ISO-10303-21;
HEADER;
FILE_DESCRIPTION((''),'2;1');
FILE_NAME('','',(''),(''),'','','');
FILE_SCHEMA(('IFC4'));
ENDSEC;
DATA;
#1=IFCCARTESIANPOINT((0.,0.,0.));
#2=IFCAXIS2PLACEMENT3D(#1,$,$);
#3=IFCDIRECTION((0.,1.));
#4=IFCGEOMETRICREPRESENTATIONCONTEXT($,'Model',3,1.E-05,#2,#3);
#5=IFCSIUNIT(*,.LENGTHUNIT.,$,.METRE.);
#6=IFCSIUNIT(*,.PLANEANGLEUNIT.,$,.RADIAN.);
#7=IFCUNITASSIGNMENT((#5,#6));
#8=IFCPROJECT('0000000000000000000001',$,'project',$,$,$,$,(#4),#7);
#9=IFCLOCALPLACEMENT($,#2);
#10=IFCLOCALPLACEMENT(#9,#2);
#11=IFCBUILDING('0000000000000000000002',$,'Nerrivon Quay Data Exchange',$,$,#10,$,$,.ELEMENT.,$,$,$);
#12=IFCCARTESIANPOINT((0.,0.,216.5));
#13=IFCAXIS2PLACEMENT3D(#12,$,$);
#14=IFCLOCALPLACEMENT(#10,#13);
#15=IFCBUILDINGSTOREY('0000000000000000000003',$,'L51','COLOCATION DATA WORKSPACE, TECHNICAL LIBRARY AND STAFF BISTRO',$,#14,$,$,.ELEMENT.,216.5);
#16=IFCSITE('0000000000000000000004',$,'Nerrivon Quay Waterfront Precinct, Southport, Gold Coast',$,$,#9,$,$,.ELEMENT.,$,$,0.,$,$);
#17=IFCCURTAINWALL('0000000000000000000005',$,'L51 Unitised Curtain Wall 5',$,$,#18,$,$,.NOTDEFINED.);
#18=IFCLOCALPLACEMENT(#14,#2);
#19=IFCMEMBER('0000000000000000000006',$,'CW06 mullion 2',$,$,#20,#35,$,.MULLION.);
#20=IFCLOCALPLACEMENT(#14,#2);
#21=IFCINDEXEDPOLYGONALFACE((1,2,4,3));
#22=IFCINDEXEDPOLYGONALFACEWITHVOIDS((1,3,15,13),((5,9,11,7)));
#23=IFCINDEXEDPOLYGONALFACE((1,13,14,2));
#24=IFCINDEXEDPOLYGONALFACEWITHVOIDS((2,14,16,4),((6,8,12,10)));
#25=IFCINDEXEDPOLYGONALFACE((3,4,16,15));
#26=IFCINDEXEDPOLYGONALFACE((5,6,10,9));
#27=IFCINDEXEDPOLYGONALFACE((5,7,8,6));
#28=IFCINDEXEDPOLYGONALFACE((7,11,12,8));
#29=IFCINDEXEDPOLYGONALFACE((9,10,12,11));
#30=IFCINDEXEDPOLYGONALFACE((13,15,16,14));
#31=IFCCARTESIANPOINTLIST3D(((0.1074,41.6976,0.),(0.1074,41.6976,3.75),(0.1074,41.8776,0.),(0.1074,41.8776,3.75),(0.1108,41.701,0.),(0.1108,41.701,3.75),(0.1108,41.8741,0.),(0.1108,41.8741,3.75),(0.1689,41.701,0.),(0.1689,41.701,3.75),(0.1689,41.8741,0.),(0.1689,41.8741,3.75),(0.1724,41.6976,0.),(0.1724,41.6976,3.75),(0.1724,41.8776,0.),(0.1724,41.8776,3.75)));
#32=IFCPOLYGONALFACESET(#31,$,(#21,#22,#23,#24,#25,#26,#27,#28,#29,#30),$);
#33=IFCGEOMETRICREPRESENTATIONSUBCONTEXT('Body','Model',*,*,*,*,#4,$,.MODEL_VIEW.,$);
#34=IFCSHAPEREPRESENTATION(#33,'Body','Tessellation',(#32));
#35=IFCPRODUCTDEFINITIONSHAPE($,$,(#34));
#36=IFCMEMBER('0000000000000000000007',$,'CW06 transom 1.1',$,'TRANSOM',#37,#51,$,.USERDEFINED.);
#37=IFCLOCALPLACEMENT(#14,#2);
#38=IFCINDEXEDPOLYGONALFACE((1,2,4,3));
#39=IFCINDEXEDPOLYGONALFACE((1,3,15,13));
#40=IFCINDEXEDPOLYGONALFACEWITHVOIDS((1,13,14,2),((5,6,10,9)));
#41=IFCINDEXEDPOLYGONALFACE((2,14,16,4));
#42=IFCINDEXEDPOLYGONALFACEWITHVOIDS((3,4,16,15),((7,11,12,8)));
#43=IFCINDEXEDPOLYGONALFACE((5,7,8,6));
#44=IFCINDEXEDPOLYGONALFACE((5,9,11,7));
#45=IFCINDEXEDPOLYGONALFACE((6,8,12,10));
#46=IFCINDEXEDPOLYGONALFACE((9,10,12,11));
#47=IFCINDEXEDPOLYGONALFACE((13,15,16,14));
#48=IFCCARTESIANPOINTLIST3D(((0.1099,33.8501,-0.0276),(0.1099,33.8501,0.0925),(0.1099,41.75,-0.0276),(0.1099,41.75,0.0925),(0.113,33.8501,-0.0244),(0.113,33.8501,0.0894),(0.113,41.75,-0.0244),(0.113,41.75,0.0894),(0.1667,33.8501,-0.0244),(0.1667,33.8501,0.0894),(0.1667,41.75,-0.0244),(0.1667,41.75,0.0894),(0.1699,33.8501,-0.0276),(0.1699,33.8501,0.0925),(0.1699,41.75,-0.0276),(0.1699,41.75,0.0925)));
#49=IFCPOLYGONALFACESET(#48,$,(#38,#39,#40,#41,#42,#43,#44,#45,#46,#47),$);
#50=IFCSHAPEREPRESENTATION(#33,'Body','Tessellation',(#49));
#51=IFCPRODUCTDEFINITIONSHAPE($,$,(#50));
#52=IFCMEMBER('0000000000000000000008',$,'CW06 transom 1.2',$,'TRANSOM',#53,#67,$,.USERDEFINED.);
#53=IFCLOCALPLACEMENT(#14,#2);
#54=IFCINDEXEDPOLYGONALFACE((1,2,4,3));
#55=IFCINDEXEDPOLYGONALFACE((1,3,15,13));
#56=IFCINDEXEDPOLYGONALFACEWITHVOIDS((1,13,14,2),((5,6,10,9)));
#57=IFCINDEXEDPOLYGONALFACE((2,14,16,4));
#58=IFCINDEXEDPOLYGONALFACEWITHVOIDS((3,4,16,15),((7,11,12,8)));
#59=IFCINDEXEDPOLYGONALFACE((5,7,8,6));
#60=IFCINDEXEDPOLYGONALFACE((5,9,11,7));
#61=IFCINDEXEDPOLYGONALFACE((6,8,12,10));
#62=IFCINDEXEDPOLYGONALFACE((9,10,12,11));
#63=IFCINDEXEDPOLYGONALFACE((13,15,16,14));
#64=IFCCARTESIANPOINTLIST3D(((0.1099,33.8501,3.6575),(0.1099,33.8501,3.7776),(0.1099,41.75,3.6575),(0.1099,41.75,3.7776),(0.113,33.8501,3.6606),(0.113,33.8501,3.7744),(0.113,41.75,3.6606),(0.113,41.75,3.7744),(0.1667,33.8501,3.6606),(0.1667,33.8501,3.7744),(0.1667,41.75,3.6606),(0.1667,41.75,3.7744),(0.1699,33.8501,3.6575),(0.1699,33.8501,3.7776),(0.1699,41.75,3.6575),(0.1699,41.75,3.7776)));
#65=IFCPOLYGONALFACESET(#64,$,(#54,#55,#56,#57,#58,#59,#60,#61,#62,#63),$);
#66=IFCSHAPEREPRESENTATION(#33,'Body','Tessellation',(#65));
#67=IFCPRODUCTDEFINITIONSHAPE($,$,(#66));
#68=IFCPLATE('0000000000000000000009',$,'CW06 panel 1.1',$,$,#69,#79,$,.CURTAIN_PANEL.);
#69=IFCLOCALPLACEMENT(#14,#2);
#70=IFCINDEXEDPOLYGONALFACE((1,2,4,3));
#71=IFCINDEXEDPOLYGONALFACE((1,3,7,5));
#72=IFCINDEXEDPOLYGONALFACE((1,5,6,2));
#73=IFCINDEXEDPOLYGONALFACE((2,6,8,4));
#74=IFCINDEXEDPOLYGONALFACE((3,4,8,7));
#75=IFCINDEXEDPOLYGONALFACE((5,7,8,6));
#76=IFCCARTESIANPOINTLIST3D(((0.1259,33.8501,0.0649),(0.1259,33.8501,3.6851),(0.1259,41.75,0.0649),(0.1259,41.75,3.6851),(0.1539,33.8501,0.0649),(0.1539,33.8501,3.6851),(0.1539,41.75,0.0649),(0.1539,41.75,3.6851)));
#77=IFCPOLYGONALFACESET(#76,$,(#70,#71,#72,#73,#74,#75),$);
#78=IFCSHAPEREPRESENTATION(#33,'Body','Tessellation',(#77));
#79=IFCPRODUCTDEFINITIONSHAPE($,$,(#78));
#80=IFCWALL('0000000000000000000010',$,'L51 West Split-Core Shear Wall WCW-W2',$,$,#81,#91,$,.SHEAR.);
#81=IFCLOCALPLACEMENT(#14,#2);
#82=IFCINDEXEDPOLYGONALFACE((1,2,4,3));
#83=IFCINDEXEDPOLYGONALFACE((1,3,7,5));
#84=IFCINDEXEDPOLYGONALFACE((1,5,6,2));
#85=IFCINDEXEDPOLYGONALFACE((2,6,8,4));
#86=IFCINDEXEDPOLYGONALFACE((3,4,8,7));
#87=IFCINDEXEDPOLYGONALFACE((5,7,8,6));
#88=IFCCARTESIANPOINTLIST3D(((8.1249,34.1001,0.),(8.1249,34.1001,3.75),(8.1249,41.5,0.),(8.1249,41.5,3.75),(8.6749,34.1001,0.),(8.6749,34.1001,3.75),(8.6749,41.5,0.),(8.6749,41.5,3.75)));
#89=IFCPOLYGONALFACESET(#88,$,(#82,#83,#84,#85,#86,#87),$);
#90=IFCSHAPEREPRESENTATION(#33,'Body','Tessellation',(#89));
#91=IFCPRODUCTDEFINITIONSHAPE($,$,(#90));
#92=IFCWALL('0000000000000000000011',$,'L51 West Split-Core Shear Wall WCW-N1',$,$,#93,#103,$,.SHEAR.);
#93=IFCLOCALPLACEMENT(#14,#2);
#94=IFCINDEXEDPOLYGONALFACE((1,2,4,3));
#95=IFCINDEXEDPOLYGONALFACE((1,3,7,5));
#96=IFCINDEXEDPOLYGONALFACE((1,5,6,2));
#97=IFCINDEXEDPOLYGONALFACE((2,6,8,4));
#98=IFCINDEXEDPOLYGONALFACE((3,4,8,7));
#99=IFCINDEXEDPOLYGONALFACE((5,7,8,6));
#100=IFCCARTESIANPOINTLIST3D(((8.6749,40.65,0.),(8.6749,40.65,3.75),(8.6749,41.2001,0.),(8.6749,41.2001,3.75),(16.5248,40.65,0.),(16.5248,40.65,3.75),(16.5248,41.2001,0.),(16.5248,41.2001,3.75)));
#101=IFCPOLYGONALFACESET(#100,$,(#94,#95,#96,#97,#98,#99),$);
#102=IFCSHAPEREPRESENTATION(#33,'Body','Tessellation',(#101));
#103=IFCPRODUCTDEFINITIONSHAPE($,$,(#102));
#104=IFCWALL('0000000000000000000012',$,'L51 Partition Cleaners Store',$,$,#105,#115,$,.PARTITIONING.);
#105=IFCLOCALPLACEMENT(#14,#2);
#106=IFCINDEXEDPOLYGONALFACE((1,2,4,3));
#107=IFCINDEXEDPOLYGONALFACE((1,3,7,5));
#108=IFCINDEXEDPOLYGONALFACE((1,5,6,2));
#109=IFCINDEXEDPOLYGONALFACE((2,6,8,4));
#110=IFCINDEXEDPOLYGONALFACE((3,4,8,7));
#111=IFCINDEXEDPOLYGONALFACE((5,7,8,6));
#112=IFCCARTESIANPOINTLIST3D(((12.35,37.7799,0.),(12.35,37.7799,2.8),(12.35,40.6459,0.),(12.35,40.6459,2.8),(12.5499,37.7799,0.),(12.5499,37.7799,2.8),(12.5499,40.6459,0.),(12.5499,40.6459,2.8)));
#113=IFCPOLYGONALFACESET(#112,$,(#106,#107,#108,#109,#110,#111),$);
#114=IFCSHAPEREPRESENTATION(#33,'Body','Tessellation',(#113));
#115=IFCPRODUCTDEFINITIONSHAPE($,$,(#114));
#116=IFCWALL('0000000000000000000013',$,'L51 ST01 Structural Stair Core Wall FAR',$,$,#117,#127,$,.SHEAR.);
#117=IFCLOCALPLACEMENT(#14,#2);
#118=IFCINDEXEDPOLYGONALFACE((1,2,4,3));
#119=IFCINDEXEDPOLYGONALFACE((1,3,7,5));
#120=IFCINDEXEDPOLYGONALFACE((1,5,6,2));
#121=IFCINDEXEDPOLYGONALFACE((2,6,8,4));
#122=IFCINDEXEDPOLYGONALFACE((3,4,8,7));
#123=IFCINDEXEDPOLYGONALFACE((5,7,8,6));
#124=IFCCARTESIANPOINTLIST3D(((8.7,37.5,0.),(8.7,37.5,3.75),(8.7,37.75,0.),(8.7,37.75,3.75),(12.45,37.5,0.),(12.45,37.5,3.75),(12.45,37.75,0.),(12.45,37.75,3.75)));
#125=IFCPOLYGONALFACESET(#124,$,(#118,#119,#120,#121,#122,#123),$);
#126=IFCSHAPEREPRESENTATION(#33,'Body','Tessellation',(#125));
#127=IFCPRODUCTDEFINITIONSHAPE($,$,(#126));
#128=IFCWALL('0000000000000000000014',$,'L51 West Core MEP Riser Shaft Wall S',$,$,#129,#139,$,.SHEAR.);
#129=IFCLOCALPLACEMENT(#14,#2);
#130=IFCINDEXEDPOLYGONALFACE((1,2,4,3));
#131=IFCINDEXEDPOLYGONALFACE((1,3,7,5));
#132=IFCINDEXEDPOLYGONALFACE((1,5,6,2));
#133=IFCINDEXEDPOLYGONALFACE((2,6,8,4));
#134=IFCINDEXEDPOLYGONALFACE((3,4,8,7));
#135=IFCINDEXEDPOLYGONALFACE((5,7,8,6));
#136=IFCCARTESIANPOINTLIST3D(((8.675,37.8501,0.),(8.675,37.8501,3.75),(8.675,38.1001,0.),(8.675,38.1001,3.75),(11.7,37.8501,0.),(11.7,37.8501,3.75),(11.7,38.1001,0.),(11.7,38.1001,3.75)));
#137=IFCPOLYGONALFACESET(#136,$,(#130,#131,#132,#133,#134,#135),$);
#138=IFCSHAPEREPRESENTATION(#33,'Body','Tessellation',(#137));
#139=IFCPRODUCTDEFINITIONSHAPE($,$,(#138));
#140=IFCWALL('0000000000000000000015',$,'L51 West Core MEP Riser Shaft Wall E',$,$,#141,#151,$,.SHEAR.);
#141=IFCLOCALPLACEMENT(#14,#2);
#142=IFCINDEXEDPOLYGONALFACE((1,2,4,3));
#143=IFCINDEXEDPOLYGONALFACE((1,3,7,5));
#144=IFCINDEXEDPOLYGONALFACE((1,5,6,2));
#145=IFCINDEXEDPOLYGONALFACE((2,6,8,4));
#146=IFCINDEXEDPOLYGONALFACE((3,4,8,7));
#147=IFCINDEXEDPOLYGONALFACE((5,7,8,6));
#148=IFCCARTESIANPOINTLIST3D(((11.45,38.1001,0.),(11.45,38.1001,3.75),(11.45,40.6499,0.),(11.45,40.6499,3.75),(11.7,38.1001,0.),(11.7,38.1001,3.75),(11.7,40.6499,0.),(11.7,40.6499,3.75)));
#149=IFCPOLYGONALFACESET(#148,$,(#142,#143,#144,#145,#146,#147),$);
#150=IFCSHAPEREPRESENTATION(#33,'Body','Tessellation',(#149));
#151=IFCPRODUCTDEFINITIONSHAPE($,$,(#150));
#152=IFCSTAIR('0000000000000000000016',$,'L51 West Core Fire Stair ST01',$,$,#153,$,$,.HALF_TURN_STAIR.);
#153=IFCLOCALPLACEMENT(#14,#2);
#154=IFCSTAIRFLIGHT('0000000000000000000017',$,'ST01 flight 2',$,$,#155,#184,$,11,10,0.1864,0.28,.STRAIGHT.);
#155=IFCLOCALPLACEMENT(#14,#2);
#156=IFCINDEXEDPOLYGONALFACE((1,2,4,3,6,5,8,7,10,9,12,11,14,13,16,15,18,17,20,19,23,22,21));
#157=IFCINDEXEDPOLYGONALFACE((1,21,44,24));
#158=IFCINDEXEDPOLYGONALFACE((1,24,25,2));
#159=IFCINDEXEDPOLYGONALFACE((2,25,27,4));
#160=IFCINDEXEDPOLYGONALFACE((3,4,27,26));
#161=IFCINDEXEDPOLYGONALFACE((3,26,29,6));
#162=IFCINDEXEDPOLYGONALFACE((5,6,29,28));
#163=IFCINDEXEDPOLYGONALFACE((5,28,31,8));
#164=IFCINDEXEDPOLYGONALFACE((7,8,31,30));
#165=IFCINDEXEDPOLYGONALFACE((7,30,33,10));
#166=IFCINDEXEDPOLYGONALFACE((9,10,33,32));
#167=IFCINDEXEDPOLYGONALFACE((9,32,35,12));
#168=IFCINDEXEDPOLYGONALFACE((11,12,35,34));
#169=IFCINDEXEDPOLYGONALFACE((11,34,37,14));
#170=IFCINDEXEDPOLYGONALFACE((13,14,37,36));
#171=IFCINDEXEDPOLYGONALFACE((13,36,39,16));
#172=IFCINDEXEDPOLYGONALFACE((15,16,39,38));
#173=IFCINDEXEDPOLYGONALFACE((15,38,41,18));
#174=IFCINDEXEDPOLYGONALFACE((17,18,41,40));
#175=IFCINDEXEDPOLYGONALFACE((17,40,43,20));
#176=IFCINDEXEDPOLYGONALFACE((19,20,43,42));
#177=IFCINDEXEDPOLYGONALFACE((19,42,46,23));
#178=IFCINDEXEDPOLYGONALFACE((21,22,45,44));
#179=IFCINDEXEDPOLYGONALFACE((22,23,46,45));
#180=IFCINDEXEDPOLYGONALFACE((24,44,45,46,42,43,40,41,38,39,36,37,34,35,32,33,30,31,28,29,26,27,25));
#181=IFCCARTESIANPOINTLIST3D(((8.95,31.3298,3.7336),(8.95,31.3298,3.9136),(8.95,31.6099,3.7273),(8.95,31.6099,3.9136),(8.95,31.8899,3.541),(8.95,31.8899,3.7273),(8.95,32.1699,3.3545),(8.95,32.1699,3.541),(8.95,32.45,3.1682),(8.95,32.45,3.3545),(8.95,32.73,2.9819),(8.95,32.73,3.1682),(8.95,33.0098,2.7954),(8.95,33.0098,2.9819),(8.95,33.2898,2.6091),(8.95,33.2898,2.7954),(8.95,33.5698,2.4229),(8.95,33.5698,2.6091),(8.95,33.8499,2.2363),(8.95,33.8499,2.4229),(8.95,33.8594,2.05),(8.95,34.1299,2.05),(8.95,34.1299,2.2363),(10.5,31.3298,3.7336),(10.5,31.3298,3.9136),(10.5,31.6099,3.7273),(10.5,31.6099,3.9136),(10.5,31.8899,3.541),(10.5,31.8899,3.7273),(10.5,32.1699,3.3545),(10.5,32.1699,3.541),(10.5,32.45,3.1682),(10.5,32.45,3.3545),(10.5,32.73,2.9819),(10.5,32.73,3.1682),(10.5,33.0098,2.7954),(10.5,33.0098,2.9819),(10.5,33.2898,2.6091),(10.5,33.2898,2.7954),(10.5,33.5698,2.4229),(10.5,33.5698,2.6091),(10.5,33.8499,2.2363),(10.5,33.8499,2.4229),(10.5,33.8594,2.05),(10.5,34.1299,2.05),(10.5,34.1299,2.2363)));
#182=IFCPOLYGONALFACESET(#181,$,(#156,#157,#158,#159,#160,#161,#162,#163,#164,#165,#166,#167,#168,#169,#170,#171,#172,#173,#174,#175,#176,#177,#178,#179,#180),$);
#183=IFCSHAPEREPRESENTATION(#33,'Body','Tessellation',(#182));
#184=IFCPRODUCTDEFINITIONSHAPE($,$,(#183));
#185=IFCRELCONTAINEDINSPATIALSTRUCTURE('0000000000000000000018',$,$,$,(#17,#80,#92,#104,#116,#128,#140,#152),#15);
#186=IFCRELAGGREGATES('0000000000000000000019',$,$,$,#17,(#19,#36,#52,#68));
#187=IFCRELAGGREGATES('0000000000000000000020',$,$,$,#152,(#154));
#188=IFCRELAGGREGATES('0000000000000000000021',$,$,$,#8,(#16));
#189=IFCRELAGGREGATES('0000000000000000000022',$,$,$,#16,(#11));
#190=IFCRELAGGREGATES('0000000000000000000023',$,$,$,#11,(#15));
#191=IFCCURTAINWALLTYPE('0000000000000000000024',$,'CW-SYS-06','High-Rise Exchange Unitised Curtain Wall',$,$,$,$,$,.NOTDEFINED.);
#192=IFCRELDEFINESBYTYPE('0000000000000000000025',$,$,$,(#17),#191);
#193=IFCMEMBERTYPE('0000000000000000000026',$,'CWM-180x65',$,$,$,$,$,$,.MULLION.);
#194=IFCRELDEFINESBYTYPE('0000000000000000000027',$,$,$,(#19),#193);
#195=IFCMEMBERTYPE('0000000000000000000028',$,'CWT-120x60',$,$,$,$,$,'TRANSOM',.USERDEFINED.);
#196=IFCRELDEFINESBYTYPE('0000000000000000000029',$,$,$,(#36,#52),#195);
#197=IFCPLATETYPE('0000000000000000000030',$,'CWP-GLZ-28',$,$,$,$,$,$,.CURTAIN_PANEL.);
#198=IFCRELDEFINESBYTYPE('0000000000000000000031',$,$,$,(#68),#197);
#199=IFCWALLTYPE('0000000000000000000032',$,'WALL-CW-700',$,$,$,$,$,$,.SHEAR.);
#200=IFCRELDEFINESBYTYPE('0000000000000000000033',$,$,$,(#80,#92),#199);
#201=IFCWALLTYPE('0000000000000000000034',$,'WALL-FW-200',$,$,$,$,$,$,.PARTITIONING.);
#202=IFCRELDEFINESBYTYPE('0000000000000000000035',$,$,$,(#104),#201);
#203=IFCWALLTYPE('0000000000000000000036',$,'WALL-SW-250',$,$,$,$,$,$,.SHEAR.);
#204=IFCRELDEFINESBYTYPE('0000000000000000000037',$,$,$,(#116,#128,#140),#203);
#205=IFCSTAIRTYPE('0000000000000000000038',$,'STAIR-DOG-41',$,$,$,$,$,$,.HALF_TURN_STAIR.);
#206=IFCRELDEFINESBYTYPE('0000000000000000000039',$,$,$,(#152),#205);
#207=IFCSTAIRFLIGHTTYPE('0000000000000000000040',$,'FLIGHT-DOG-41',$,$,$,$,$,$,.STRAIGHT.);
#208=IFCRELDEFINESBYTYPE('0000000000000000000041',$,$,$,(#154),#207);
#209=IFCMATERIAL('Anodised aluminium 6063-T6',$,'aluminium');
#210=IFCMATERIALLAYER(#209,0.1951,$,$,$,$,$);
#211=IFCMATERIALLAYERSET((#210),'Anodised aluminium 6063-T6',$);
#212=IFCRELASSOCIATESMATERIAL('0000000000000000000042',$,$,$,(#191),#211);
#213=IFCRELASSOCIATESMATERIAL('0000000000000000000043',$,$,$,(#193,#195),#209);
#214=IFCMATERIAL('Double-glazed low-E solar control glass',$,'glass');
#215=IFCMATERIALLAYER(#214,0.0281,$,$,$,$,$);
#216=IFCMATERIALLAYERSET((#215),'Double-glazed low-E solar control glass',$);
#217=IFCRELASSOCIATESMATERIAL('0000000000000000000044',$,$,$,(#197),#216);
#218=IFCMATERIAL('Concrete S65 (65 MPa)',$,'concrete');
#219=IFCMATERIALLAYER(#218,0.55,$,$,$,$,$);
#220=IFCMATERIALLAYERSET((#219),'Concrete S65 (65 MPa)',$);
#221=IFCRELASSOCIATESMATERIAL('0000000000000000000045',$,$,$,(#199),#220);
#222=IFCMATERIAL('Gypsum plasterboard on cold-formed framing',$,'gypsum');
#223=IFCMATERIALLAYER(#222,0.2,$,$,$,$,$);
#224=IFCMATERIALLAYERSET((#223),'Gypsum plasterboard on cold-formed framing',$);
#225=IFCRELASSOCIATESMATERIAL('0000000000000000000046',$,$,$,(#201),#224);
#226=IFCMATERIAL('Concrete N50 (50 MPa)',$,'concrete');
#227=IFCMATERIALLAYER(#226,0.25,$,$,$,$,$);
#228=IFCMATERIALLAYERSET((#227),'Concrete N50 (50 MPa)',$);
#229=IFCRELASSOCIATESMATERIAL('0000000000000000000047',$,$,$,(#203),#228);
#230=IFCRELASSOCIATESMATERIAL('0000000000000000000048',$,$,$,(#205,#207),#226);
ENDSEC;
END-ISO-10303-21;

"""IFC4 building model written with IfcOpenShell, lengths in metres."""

from ifc_helpers import new_model, si_unit, direction, frame, frame_2d, origin, origin_2d, place, context, subcontext, project, spatial, polyline, rectangle, hollow_rectangle, outline, extrude, material, layer, layer_set, material_profile, profile_set, type_object, element, aggregate, save


model = new_model("IFC4")

# Units and contexts
model_context = context("Model", 3, precision=1e-05, world=origin(), true_north=direction((0.0, 1.0)))
body_context = subcontext(model_context, "Body", "Model", "MODEL_VIEW")
ifc_project = project(units=[si_unit("LENGTHUNIT", "METRE"), si_unit("PLANEANGLEUNIT", "RADIAN")], contexts=[model_context])

# Site, building, storey
site_placement = place(None, origin())
site = spatial("IfcSite", under=ifc_project, at=site_placement, Name="Nerrivon Quay Waterfront Precinct, Southport, Gold Coast", CompositionType="ELEMENT", RefElevation=0.0)
building_placement = place(site_placement, origin())
building = spatial("IfcBuilding", under=site, at=building_placement, Name="Nerrivon Quay Data Exchange", CompositionType="ELEMENT")
storey_placement = place(building_placement, frame((0.0, 0.0, 216.5)))
storey = spatial("IfcBuildingStorey", under=building, at=storey_placement, Name="L51", Description="COLOCATION DATA WORKSPACE, TECHNICAL LIBRARY AND STAFF BISTRO", CompositionType="ELEMENT", Elevation=216.5)

# Shared definitions
ifc_material_1 = material(Name="Concrete S65 (65 MPa)", Category="concrete")

# Shared definitions
ifc_material_2 = material(Name="Concrete N50 (50 MPa)", Category="concrete")

# Curtain wall, members, plate
ifc_material_3 = material(Name="Anodised aluminium 6063-T6", Category="aluminium")
ifc_layer_1 = layer(ifc_material_3, 0.1951)
ifc_layer_set_1 = layer_set([ifc_layer_1], Name="Anodised aluminium 6063-T6")
curtain_wall_type = type_object("IfcCurtainWallType", Name="CW-SYS-06", Description="High-Rise Exchange Unitised Curtain Wall", PredefinedType="NOTDEFINED", material=ifc_layer_set_1)
curtain_wall_placement = place(storey_placement, origin())
curtain_wall = element("IfcCurtainWall", 1, at=curtain_wall_placement, inside=storey, type_object=curtain_wall_type, Name="L51 Unitised Curtain Wall 5", PredefinedType="NOTDEFINED")
ifc_material_profile_1 = material_profile(ifc_material_3, hollow_rectangle(XDim=0.0649, YDim=0.1799, WallThickness=0.0034, at=origin_2d()), Name="ALU-MULL-180x65")
ifc_profile_set_1 = profile_set([ifc_material_profile_1], Name="Anodised aluminium 6063-T6")
member_type_1 = type_object("IfcMemberType", Name="CWM-180x65", PredefinedType="MULLION", material=ifc_profile_set_1)
member_1_placement = place(storey_placement, frame((0.1399, 41.7876, 0.0), z_axis=(0.0, 0.0, 1.0), x_axis=(-1.0, 0.0, 0.0)))
member_1 = element("IfcMember", 2, at=member_1_placement, type_object=member_type_1, Name="CW06 mullion 2", PredefinedType="MULLION", context=body_context, shape_type="SweptSolid", body=[
    extrude(hollow_rectangle(XDim=0.0649, YDim=0.1799, WallThickness=0.0034, at=origin_2d()), origin(), (0.0, 0.0, 1.0), 3.75),
])
ifc_material_profile_2 = material_profile(ifc_material_3, hollow_rectangle(XDim=0.0601, YDim=0.1201, WallThickness=0.0032, at=origin_2d()), Name="ALU-TRAN-120x60")
ifc_profile_set_2 = profile_set([ifc_material_profile_2], Name="Anodised aluminium 6063-T6")
member_type_2 = type_object("IfcMemberType", Name="CWT-120x60", ElementType="TRANSOM", PredefinedType="USERDEFINED", material=ifc_profile_set_2)
member_2_placement = place(storey_placement, frame((0.1399, 33.8501, 0.0325), z_axis=(0.0, 1.0, 0.0), x_axis=(-1.0, 0.0, 0.0)))
member_2 = element("IfcMember", 3, at=member_2_placement, type_object=member_type_2, Name="CW06 transom 1.1", ObjectType="TRANSOM", PredefinedType="USERDEFINED", context=body_context, shape_type="SweptSolid", body=[
    extrude(hollow_rectangle(XDim=0.0601, YDim=0.1201, WallThickness=0.0032, at=origin_2d()), origin(), (0.0, 0.0, 1.0), 7.8999),
])
member_3_placement = place(storey_placement, frame((0.1399, 33.8501, 3.7175), z_axis=(0.0, 1.0, 0.0), x_axis=(-1.0, 0.0, 0.0)))
member_3 = element("IfcMember", 4, at=member_3_placement, type_object=member_type_2, Name="CW06 transom 1.2", ObjectType="TRANSOM", PredefinedType="USERDEFINED", context=body_context, shape_type="SweptSolid", body=[
    extrude(hollow_rectangle(XDim=0.0601, YDim=0.1201, WallThickness=0.0032, at=origin_2d()), origin(), (0.0, 0.0, 1.0), 7.8999),
])
ifc_material_4 = material(Name="Double-glazed low-E solar control glass", Category="glass")
ifc_layer_2 = layer(ifc_material_4, 0.0281)
ifc_layer_set_2 = layer_set([ifc_layer_2], Name="Double-glazed low-E solar control glass")
plate_type = type_object("IfcPlateType", Name="CWP-GLZ-28", PredefinedType="CURTAIN_PANEL", material=ifc_layer_set_2)
plate_placement = place(storey_placement, frame((0.1399, 37.8, 0.0649), z_axis=(0.0, 0.0, 1.0), x_axis=(0.0, 1.0, 0.0)))
plate = element("IfcPlate", 5, at=plate_placement, type_object=plate_type, Name="CW06 panel 1.1", PredefinedType="CURTAIN_PANEL", context=body_context, shape_type="SweptSolid", body=[
    extrude(rectangle(XDim=7.8999, YDim=0.0281, at=origin_2d()), origin(), (0.0, 0.0, 1.0), 3.6201),
])
aggregate(curtain_wall, [member_1, member_2, member_3, plate])

# Walls
ifc_layer_3 = layer(ifc_material_1, 0.55)
ifc_layer_set_3 = layer_set([ifc_layer_3], Name="Concrete S65 (65 MPa)")
wall_type_1 = type_object("IfcWallType", Name="WALL-CW-700", PredefinedType="SHEAR", material=ifc_layer_set_3)
wall_1_placement = place(storey_placement, frame((8.3999, 34.1001, 0.0), z_axis=(0.0, 0.0, 1.0), x_axis=(0.0, 1.0, 0.0)))
element("IfcWall", 6, at=wall_1_placement, inside=storey, type_object=wall_type_1, Name="L51 West Split-Core Shear Wall WCW-W2", PredefinedType="SHEAR", context=body_context, shape_type="SweptSolid", body=[
    extrude(rectangle(XDim=7.3999, YDim=0.55, at=frame_2d((3.7, 0.0))), origin(), (0.0, 0.0, 1.0), 3.75),
])
wall_2_placement = place(storey_placement, frame((8.675, 40.925, 0.0), z_axis=(0.0, 0.0, 1.0), x_axis=(1.0, 0.0, 0.0)))
element("IfcWall", 7, at=wall_2_placement, inside=storey, type_object=wall_type_1, Name="L51 West Split-Core Shear Wall WCW-N1", PredefinedType="SHEAR", context=body_context, shape_type="SweptSolid", body=[
    extrude(rectangle(XDim=7.8499, YDim=0.55, at=frame_2d((3.9248, 0.0))), origin(), (0.0, 0.0, 1.0), 3.75),
])
ifc_material_5 = material(Name="Gypsum plasterboard on cold-formed framing", Category="gypsum")
ifc_layer_4 = layer(ifc_material_5, 0.2)
ifc_layer_set_4 = layer_set([ifc_layer_4], Name="Gypsum plasterboard on cold-formed framing")
wall_type_2 = type_object("IfcWallType", Name="WALL-FW-200", PredefinedType="PARTITIONING", material=ifc_layer_set_4)
wall_3_placement = place(storey_placement, frame((12.45, 40.646, 0.0), z_axis=(0.0, 0.0, 1.0), x_axis=(0.0, -1.0, 0.0)))
element("IfcWall", 8, at=wall_3_placement, inside=storey, type_object=wall_type_2, Name="L51 Partition Cleaners Store", PredefinedType="PARTITIONING", context=body_context, shape_type="SweptSolid", body=[
    extrude(rectangle(XDim=2.866, YDim=0.2, at=frame_2d((1.4331, 0.0))), origin(), (0.0, 0.0, 1.0), 2.8),
])
ifc_layer_5 = layer(ifc_material_2, 0.25)
ifc_layer_set_5 = layer_set([ifc_layer_5], Name="Concrete N50 (50 MPa)")
wall_type_3 = type_object("IfcWallType", Name="WALL-SW-250", PredefinedType="SHEAR", material=ifc_layer_set_5)
wall_4_placement = place(storey_placement, frame((12.45, 37.625, 0.0), z_axis=(0.0, 0.0, 1.0), x_axis=(-1.0, 0.0, 0.0)))
element("IfcWall", 9, at=wall_4_placement, inside=storey, type_object=wall_type_3, Name="L51 ST01 Structural Stair Core Wall FAR", PredefinedType="SHEAR", context=body_context, shape_type="SweptSolid", body=[
    extrude(rectangle(XDim=3.75, YDim=0.25, at=frame_2d((1.875, 0.0))), origin(), (0.0, 0.0, 1.0), 3.75),
])
wall_5_placement = place(storey_placement, frame((8.675, 37.9751, 0.0), z_axis=(0.0, 0.0, 1.0), x_axis=(1.0, 0.0, 0.0)))
element("IfcWall", 10, at=wall_5_placement, inside=storey, type_object=wall_type_3, Name="L51 West Core MEP Riser Shaft Wall S", PredefinedType="SHEAR", context=body_context, shape_type="SweptSolid", body=[
    extrude(rectangle(XDim=3.0249, YDim=0.25, at=frame_2d((1.5125, 0.0))), origin(), (0.0, 0.0, 1.0), 3.75),
])
wall_6_placement = place(storey_placement, frame((11.575, 38.1001, 0.0), z_axis=(0.0, 0.0, 1.0), x_axis=(0.0, 1.0, 0.0)))
element("IfcWall", 11, at=wall_6_placement, inside=storey, type_object=wall_type_3, Name="L51 West Core MEP Riser Shaft Wall E", PredefinedType="SHEAR", context=body_context, shape_type="SweptSolid", body=[
    extrude(rectangle(XDim=2.5498, YDim=0.25, at=frame_2d((1.2749, 0.0))), origin(), (0.0, 0.0, 1.0), 3.75),
])

# Stair, stair flight
stair_type = type_object("IfcStairType", Name="STAIR-DOG-41", PredefinedType="HALF_TURN_STAIR", material=ifc_material_2)
stair_placement = place(storey_placement, origin())
stair = element("IfcStair", 12, at=stair_placement, inside=storey, type_object=stair_type, Name="L51 West Core Fire Stair ST01", PredefinedType="HALF_TURN_STAIR")
stair_flight_type = type_object("IfcStairFlightType", Name="FLIGHT-DOG-41", PredefinedType="STRAIGHT", material=ifc_material_2)
stair_flight_placement = place(storey_placement, frame((9.7251, 34.1299, 2.05), z_axis=(0.0, 0.0, 1.0), x_axis=(0.0, -1.0, 0.0)))
stair_flight = element("IfcStairFlight", 13, at=stair_flight_placement, type_object=stair_flight_type, Name="ST01 flight 2", NumberOfRisers=11, NumberOfTreads=10, PredefinedType="STRAIGHT", RiserHeight=0.1864, TreadLength=0.28, context=body_context, shape_type="SweptSolid", body=[
    extrude(outline(polyline([(0.0, 0.0), (0.0, 0.1863), (0.28, 0.1863), (0.28, 0.3728), (0.5601, 0.3728), (0.5601, 0.5591), (0.8401, 0.5591), (0.8401, 0.7454), (1.1201, 0.7454), (1.1201, 0.9319), (1.3999, 0.9319), (1.3999, 1.1182), (1.6799, 1.1182), (1.6799, 1.3044), (1.96, 1.3044), (1.96, 1.491), (2.24, 1.491), (2.24, 1.6772), (2.52, 1.6772), (2.52, 1.8635), (2.8, 1.8635), (2.8, 2.05), (2.8, 1.6836), (0.2705, 0.0), (0.0, 0.0)])), frame((0.0, 0.7749, 0.0), z_axis=(0.0, -1.0, 0.0), x_axis=(1.0, 0.0, 0.0)), (0.0, 0.0, 1.0), 1.55),
])
aggregate(stair, [stair_flight])

save(model, "model.ifc")
